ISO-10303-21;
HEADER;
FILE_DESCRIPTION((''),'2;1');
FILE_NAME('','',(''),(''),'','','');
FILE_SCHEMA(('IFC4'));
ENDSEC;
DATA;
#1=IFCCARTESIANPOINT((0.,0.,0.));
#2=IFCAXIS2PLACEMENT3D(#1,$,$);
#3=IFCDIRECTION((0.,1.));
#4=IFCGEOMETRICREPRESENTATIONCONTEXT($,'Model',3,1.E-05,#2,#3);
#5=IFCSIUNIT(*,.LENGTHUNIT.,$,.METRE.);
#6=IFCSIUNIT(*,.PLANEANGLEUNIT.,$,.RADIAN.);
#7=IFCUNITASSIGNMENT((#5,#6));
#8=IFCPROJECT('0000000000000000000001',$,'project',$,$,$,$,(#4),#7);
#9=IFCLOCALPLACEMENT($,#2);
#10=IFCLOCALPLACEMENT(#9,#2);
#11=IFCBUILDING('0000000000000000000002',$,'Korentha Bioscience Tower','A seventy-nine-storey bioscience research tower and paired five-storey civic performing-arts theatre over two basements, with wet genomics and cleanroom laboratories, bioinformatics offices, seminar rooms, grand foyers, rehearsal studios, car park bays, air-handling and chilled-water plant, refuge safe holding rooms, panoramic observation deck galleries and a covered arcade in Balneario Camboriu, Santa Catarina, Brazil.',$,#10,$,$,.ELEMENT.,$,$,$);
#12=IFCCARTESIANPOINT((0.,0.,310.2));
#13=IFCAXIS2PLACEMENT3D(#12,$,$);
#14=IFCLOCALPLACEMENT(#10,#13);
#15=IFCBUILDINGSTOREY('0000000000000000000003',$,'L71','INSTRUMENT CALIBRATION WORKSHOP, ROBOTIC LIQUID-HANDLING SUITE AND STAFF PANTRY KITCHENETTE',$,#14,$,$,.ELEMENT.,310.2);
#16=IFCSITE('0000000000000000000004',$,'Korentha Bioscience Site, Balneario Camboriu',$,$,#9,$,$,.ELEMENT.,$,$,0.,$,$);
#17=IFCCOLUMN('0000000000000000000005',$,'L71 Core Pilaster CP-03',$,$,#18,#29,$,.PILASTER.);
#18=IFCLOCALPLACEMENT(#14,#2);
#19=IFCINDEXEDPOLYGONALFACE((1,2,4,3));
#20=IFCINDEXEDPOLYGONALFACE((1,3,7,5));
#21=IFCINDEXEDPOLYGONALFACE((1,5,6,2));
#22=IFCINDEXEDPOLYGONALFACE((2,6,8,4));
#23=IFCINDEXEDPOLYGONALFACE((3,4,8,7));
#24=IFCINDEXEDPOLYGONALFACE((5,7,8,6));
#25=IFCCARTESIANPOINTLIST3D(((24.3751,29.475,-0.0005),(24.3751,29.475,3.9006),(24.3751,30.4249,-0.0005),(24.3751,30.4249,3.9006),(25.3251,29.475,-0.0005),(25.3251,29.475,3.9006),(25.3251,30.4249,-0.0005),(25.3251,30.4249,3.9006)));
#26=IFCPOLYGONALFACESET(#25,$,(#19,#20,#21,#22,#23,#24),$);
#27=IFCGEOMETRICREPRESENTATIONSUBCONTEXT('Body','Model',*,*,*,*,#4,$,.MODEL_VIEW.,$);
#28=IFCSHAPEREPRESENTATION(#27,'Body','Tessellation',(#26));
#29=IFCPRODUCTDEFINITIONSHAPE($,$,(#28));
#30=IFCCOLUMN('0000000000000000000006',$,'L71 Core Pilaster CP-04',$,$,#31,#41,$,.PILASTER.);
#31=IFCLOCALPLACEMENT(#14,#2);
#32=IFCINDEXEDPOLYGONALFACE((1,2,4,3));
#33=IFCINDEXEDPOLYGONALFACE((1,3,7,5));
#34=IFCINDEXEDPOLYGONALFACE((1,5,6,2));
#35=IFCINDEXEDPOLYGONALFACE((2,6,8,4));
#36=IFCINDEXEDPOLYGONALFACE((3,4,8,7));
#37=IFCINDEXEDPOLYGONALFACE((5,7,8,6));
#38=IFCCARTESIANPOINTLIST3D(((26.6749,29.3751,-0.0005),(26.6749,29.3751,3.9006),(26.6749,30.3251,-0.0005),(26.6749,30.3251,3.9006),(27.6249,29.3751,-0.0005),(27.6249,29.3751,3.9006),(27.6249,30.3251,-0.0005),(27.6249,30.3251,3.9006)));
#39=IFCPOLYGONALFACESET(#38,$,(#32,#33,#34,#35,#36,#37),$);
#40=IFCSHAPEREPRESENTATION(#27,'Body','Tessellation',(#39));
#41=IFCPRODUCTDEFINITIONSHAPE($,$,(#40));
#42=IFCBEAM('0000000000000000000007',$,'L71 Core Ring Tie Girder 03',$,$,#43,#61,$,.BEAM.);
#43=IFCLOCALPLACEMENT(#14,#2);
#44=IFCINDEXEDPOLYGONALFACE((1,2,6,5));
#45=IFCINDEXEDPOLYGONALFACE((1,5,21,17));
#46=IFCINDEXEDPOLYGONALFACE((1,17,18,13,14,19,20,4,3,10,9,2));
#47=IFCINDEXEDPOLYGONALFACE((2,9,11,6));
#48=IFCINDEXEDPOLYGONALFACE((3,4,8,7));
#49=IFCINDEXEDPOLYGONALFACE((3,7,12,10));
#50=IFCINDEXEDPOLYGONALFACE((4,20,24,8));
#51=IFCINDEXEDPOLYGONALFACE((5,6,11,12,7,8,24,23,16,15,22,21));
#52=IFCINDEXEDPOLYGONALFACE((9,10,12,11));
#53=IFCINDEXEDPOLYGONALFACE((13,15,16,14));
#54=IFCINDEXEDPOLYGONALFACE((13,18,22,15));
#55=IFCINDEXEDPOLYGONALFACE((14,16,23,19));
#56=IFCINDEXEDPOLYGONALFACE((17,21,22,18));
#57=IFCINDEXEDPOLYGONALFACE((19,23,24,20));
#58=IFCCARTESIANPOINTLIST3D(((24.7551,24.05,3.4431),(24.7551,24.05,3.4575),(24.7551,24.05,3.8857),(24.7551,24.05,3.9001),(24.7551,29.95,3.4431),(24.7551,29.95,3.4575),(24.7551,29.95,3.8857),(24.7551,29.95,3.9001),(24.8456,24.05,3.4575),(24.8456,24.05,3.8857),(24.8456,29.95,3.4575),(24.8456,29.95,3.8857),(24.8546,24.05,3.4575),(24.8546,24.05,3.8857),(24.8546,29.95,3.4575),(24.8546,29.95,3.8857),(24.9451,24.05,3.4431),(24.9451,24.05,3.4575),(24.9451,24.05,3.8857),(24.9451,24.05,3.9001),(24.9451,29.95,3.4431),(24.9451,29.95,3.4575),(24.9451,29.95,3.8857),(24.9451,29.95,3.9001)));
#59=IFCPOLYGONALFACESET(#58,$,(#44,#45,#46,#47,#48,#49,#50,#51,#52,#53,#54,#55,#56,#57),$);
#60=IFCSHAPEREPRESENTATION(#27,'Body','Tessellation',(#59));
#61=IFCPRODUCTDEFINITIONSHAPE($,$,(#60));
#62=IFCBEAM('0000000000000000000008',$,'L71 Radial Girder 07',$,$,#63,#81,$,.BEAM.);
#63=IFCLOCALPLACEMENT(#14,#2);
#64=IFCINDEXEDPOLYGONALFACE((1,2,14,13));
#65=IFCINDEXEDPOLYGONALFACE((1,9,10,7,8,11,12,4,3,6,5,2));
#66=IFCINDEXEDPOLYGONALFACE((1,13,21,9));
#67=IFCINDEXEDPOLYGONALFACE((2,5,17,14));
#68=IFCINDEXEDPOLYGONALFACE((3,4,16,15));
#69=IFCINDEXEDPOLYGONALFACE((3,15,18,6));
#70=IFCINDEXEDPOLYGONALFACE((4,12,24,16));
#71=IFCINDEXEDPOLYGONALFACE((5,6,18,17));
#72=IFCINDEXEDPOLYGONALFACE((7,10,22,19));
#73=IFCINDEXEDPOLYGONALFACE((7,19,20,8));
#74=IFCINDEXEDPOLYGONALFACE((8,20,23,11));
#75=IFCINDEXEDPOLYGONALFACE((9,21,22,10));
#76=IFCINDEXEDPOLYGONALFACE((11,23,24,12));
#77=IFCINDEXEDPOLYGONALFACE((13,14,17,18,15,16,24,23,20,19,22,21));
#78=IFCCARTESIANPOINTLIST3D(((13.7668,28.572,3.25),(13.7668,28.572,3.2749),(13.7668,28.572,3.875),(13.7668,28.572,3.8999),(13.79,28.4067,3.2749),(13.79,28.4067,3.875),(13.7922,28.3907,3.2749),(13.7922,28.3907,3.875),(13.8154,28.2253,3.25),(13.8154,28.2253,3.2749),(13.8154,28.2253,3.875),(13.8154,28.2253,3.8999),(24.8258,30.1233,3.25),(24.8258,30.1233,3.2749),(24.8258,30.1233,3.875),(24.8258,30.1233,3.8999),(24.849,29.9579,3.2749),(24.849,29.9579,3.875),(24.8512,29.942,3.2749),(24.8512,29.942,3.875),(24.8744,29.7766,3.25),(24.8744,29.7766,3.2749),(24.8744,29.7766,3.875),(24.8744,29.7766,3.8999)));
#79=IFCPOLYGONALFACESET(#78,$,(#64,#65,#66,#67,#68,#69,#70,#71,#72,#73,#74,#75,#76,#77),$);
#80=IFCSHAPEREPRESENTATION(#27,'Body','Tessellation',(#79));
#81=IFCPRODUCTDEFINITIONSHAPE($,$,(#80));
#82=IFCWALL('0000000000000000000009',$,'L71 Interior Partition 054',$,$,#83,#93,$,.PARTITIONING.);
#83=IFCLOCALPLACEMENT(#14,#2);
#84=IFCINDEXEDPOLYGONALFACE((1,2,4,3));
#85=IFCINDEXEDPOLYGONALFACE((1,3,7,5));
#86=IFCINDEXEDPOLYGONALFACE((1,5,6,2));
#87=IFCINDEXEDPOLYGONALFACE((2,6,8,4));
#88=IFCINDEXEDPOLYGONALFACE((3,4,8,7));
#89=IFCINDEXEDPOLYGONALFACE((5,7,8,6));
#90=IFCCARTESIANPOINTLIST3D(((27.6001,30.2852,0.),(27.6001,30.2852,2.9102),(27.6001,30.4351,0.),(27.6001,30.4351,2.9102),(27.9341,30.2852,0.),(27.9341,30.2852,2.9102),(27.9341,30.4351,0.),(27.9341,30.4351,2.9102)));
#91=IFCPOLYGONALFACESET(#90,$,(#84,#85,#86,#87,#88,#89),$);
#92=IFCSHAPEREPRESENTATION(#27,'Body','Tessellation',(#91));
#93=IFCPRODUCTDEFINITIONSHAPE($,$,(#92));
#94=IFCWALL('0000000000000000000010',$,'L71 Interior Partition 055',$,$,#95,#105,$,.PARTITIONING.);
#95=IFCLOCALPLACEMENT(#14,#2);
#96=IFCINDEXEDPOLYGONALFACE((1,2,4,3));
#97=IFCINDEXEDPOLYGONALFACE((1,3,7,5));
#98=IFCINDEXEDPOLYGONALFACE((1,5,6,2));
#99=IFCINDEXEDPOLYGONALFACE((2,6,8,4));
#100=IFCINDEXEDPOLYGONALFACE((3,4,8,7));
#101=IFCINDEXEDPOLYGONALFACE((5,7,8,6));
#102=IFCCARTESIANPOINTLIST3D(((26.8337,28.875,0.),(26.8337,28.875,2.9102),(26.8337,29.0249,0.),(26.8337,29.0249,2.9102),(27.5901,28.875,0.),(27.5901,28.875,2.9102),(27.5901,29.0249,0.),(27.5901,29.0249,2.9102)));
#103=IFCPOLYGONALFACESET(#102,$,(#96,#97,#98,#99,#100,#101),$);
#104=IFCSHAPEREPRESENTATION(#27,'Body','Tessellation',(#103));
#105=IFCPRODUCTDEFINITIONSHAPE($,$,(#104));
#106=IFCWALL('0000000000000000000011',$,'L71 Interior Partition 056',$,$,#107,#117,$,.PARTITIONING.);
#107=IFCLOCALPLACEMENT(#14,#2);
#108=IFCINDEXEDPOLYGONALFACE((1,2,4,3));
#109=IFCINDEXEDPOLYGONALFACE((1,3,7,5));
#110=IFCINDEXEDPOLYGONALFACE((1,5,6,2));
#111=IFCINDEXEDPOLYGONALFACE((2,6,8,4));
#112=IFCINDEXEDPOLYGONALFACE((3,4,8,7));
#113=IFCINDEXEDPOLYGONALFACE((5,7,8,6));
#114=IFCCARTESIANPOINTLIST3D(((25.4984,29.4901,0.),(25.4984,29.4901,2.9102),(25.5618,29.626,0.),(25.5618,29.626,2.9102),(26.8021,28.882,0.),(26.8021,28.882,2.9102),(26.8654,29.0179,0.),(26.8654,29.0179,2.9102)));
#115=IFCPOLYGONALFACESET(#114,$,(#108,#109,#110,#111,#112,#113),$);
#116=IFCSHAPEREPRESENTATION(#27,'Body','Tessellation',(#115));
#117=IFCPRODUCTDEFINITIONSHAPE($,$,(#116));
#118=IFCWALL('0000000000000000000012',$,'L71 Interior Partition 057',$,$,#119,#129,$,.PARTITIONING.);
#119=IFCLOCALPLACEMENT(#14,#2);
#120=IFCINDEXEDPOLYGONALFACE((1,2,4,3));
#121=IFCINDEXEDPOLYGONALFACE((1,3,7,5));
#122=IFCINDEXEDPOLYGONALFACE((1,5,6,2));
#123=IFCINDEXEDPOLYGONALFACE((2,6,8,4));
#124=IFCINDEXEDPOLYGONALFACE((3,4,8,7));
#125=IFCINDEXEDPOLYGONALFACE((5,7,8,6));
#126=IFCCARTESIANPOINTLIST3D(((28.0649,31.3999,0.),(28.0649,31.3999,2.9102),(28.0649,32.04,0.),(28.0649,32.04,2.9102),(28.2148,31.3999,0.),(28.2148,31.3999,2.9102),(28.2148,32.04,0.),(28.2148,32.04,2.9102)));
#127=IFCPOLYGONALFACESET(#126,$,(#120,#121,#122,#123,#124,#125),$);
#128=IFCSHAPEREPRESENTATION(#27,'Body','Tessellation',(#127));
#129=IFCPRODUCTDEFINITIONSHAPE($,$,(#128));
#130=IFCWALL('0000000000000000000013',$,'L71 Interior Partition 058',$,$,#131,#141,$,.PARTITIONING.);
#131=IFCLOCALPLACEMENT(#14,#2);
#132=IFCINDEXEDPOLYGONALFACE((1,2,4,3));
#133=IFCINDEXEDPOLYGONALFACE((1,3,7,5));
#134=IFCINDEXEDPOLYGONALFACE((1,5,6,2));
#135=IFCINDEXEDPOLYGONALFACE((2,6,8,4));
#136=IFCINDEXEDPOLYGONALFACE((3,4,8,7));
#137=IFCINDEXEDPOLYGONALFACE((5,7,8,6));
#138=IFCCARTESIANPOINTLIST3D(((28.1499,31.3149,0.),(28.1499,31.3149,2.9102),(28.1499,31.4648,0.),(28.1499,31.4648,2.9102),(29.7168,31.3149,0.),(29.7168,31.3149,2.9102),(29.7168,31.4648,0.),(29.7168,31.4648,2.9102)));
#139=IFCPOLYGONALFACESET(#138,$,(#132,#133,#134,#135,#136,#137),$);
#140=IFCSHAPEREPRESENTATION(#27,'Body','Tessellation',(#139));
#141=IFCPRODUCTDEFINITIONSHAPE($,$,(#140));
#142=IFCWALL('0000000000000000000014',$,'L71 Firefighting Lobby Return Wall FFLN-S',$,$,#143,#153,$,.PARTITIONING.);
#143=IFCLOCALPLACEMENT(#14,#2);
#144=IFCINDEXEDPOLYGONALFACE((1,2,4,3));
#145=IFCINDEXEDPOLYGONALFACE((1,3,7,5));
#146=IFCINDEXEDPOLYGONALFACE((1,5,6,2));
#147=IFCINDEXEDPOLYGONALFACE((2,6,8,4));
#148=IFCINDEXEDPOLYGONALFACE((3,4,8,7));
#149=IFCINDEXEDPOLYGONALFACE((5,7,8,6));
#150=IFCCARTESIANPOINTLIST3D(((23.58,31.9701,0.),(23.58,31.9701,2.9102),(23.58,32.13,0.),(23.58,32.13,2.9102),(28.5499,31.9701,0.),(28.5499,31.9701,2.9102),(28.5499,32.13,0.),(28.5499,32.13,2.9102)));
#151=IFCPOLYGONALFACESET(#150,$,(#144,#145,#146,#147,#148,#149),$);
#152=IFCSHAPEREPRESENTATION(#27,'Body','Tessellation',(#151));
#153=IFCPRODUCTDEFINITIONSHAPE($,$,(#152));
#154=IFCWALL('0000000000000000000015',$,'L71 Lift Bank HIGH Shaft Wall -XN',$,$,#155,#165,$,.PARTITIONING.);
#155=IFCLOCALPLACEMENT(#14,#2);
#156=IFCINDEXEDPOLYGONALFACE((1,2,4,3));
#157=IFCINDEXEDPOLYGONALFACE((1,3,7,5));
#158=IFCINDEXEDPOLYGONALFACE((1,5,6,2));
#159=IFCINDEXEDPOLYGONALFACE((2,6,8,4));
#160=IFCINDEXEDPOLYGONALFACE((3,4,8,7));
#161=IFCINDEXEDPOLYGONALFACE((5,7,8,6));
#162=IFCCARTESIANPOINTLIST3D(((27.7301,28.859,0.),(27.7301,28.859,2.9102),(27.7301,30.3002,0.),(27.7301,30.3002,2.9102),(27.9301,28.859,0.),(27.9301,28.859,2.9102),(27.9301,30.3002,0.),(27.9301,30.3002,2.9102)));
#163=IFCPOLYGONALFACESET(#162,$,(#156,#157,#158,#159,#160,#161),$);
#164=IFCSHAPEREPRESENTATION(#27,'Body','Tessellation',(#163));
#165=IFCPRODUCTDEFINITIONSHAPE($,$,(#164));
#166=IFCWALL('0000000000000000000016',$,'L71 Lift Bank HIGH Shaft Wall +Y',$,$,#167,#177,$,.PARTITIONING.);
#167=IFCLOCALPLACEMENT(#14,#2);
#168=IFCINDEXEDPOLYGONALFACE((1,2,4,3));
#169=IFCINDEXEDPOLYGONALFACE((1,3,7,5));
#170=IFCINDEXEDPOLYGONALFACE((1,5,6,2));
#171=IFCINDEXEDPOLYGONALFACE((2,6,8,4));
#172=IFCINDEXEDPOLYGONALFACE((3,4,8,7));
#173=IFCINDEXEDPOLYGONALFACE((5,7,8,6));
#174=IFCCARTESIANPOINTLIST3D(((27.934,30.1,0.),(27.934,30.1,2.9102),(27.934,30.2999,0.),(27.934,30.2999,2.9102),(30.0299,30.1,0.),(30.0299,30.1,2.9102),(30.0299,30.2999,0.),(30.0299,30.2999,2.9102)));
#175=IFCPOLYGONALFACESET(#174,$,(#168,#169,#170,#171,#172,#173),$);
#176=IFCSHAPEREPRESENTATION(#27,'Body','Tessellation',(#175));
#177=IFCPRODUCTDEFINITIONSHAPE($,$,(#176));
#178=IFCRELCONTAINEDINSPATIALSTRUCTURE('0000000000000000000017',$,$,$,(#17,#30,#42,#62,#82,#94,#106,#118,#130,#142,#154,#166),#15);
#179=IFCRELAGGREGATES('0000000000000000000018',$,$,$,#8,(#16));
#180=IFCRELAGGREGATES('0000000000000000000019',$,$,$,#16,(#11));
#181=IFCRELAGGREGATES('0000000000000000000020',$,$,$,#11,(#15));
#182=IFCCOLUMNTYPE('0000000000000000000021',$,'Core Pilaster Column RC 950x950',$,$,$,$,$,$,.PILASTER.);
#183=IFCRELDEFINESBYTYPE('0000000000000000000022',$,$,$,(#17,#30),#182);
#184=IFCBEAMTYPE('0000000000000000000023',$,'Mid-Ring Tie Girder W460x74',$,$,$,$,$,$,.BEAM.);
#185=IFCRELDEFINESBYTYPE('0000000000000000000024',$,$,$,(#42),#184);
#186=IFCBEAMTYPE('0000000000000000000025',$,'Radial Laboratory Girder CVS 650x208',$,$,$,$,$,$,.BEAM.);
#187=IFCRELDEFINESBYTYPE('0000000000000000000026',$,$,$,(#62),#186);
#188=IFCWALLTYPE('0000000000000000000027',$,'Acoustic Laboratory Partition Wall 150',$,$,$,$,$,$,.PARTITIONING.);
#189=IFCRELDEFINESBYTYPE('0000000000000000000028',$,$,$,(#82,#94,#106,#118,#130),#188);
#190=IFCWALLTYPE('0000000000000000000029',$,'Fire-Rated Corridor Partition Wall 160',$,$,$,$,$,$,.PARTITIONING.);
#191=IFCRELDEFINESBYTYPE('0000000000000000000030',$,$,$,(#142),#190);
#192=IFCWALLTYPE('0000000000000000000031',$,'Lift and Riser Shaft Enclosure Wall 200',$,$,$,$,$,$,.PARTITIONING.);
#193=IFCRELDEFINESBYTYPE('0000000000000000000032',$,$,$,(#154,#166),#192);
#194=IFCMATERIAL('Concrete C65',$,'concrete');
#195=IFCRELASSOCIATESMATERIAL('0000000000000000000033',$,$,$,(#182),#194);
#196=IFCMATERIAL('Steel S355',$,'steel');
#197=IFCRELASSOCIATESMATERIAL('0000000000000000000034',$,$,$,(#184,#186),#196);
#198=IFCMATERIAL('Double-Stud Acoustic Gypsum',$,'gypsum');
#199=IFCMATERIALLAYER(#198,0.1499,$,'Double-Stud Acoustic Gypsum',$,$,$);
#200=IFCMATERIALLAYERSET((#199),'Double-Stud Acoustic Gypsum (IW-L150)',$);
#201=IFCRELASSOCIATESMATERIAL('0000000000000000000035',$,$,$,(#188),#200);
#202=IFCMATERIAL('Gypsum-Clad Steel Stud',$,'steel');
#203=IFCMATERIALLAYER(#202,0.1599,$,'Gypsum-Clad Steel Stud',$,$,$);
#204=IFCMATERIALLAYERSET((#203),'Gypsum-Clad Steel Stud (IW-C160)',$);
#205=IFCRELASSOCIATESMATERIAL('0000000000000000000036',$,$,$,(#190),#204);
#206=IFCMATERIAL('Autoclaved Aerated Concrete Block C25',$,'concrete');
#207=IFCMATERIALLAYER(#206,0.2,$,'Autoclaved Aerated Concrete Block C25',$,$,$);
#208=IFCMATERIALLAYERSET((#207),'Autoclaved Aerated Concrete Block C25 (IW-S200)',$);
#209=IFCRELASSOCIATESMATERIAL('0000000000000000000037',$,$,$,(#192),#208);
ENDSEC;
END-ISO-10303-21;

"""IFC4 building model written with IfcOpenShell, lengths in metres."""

from ifc_helpers import new_model, si_unit, direction, frame, frame_2d, origin, origin_2d, place, context, subcontext, project, spatial, rectangle, i_section, extrude, material, layer, layer_set, material_profile, profile_set, type_object, element, save


model = new_model("IFC4")

# Units and contexts
model_context = context("Model", 3, precision=1e-05, world=origin(), true_north=direction((0.0, 1.0)))
body_context = subcontext(model_context, "Body", "Model", "MODEL_VIEW")
ifc_project = project(units=[si_unit("LENGTHUNIT", "METRE"), si_unit("PLANEANGLEUNIT", "RADIAN")], contexts=[model_context])

# Site, building, storey
site_placement = place(None, origin())
site = spatial("IfcSite", under=ifc_project, at=site_placement, Name="Korentha Bioscience Site, Balneario Camboriu", CompositionType="ELEMENT", RefElevation=0.0)
building_placement = place(site_placement, origin())
building = spatial("IfcBuilding", under=site, at=building_placement, Name="Korentha Bioscience Tower", Description="A seventy-nine-storey bioscience research tower and paired five-storey civic performing-arts theatre over two basements, with wet genomics and cleanroom laboratories, bioinformatics offices, seminar rooms, grand foyers, rehearsal studios, car park bays, air-handling and chilled-water plant, refuge safe holding rooms, panoramic observation deck galleries and a covered arcade in Balneario Camboriu, Santa Catarina, Brazil.", CompositionType="ELEMENT")
storey_placement = place(building_placement, frame((0.0, 0.0, 310.2)))
storey = spatial("IfcBuildingStorey", under=building, at=storey_placement, Name="L71", Description="INSTRUMENT CALIBRATION WORKSHOP, ROBOTIC LIQUID-HANDLING SUITE AND STAFF PANTRY KITCHENETTE", CompositionType="ELEMENT", Elevation=310.2)

# Columns
ifc_material_1 = material(Name="Concrete C65", Category="concrete")
ifc_material_profile_1 = material_profile(ifc_material_1, rectangle(XDim=0.95, YDim=0.95, at=origin_2d()), Name="Concrete C65")
ifc_profile_set_1 = profile_set([ifc_material_profile_1], Name="Concrete C65 (COL-CP09)")
column_type = type_object("IfcColumnType", Name="Core Pilaster Column RC 950x950", PredefinedType="PILASTER", material=ifc_profile_set_1)
for number, where, z_axis, x_axis, name in (
    (1, (24.8501, 29.95, -0.0005), (0.0, 0.0, 1.0), (1.0, 0.0, 0.0), "L71 Core Pilaster CP-03"),
    (2, (27.1499, 29.8501, -0.0005), (0.0, 0.0, 1.0), (1.0, 0.0, 0.0), "L71 Core Pilaster CP-04"),
):
    element("IfcColumn", number, at=place(storey_placement, frame(where, z_axis=z_axis, x_axis=x_axis)), inside=storey, type_object=column_type, Name=name, PredefinedType="PILASTER", context=body_context, shape_type="SweptSolid", body=[
        extrude(rectangle(XDim=0.95, YDim=0.95, at=origin_2d()), origin(), (0.0, 0.0, 1.0), 3.9011),
    ])

# Beams
ifc_material_2 = material(Name="Steel S355", Category="steel")
ifc_material_profile_2 = material_profile(ifc_material_2, i_section(OverallWidth=0.1899, OverallDepth=0.457, WebThickness=0.009, FlangeThickness=0.0144, at=origin_2d()), Name="Steel S355")
ifc_profile_set_2 = profile_set([ifc_material_profile_2], Name="Steel S355 (MB-460)")
beam_type_1 = type_object("IfcBeamType", Name="Mid-Ring Tie Girder W460x74", PredefinedType="BEAM", material=ifc_profile_set_2)
beam_1_placement = place(storey_placement, frame((24.8501, 29.95, 3.6716), z_axis=(0.0, -1.0, 0.0), x_axis=(1.0, 0.0, 0.0)))
element("IfcBeam", 3, at=beam_1_placement, inside=storey, type_object=beam_type_1, Name="L71 Core Ring Tie Girder 03", PredefinedType="BEAM", context=body_context, shape_type="SweptSolid", body=[
    extrude(i_section(OverallWidth=0.1899, OverallDepth=0.457, WebThickness=0.009, FlangeThickness=0.0144, at=origin_2d()), origin(), (0.0, 0.0, 1.0), 5.8999),
])
ifc_material_profile_3 = material_profile(ifc_material_2, i_section(OverallWidth=0.3501, OverallDepth=0.6499, WebThickness=0.0161, FlangeThickness=0.0249, at=origin_2d()), Name="Steel S355")
ifc_profile_set_3 = profile_set([ifc_material_profile_3], Name="Steel S355 (RB-650)")
beam_type_2 = type_object("IfcBeamType", Name="Radial Laboratory Girder CVS 650x208", PredefinedType="BEAM", material=ifc_profile_set_3)
beam_2_placement = place(storey_placement, frame((24.8501, 29.95, 3.575), z_axis=(-0.990305, -0.138911, 0.0), x_axis=(0.138911, -0.990305, 0.0)))
element("IfcBeam", 4, at=beam_2_placement, inside=storey, type_object=beam_type_2, Name="L71 Radial Girder 07", PredefinedType="BEAM", context=body_context, shape_type="SweptSolid", body=[
    extrude(i_section(OverallWidth=0.3501, OverallDepth=0.6499, WebThickness=0.0161, FlangeThickness=0.0249, at=origin_2d()), origin(), (0.0, 0.0, 1.0), 11.1672),
])

# Shared definitions
ifc_material_3 = material(Name="Double-Stud Acoustic Gypsum", Category="gypsum")
ifc_layer_1 = layer(ifc_material_3, 0.1499, Name="Double-Stud Acoustic Gypsum")
ifc_layer_set_1 = layer_set([ifc_layer_1], Name="Double-Stud Acoustic Gypsum (IW-L150)")
wall_type_1 = type_object("IfcWallType", Name="Acoustic Laboratory Partition Wall 150", PredefinedType="PARTITIONING", material=ifc_layer_set_1)

# Walls
wall_1_placement = place(storey_placement, frame((27.9341, 30.3601, 0.0), z_axis=(0.0, 0.0, 1.0), x_axis=(-1.0, 0.0, 0.0)))
element("IfcWall", 5, at=wall_1_placement, inside=storey, type_object=wall_type_1, Name="L71 Interior Partition 054", PredefinedType="PARTITIONING", context=body_context, shape_type="SweptSolid", body=[
    extrude(rectangle(XDim=0.334, YDim=0.1499, at=frame_2d((0.167, 0.0))), origin(), (0.0, 0.0, 1.0), 2.9102),
])
wall_2_placement = place(storey_placement, frame((27.5901, 28.95, 0.0), z_axis=(0.0, 0.0, 1.0), x_axis=(-1.0, 0.0, 0.0)))
element("IfcWall", 6, at=wall_2_placement, inside=storey, type_object=wall_type_1, Name="L71 Interior Partition 055", PredefinedType="PARTITIONING", context=body_context, shape_type="SweptSolid", body=[
    extrude(rectangle(XDim=0.7563, YDim=0.1499, at=frame_2d((0.3782, 0.0))), origin(), (0.0, 0.0, 1.0), 2.9102),
])
wall_3_placement = place(storey_placement, frame((26.8337, 28.95, 0.0), z_axis=(0.0, 0.0, 1.0), x_axis=(-0.906248, 0.422746, 0.0)))
element("IfcWall", 7, at=wall_3_placement, inside=storey, type_object=wall_type_1, Name="L71 Interior Partition 056", PredefinedType="PARTITIONING", context=body_context, shape_type="SweptSolid", body=[
    extrude(rectangle(XDim=1.4385, YDim=0.1499, at=frame_2d((0.7192, 0.0))), origin(), (0.0, 0.0, 1.0), 2.9102),
])
wall_4_placement = place(storey_placement, frame((28.1399, 32.04, 0.0), z_axis=(0.0, 0.0, 1.0), x_axis=(0.0, -1.0, 0.0)))
element("IfcWall", 8, at=wall_4_placement, inside=storey, type_object=wall_type_1, Name="L71 Interior Partition 057", PredefinedType="PARTITIONING", context=body_context, shape_type="SweptSolid", body=[
    extrude(rectangle(XDim=0.6401, YDim=0.1499, at=frame_2d((0.3201, 0.0))), origin(), (0.0, 0.0, 1.0), 2.9102),
])
wall_5_placement = place(storey_placement, frame((28.1499, 31.3899, 0.0), z_axis=(0.0, 0.0, 1.0), x_axis=(1.0, 0.0, 0.0)))
element("IfcWall", 9, at=wall_5_placement, inside=storey, type_object=wall_type_1, Name="L71 Interior Partition 058", PredefinedType="PARTITIONING", context=body_context, shape_type="SweptSolid", body=[
    extrude(rectangle(XDim=1.5669, YDim=0.1499, at=frame_2d((0.7834, 0.0))), origin(), (0.0, 0.0, 1.0), 2.9102),
])

# Shared definitions
ifc_material_4 = material(Name="Gypsum-Clad Steel Stud", Category="steel")
ifc_layer_2 = layer(ifc_material_4, 0.1599, Name="Gypsum-Clad Steel Stud")
ifc_layer_set_2 = layer_set([ifc_layer_2], Name="Gypsum-Clad Steel Stud (IW-C160)")
wall_type_2 = type_object("IfcWallType", Name="Fire-Rated Corridor Partition Wall 160", PredefinedType="PARTITIONING", material=ifc_layer_set_2)

# Wall
wall_6_placement = place(storey_placement, frame((23.5801, 32.05, 0.0), z_axis=(0.0, 0.0, 1.0), x_axis=(1.0, 0.0, 0.0)))
element("IfcWall", 10, at=wall_6_placement, inside=storey, type_object=wall_type_2, Name="L71 Firefighting Lobby Return Wall FFLN-S", PredefinedType="PARTITIONING", context=body_context, shape_type="SweptSolid", body=[
    extrude(rectangle(XDim=4.97, YDim=0.1599, at=frame_2d((2.4849, 0.0))), origin(), (0.0, 0.0, 1.0), 2.9102),
])

# Walls
ifc_material_5 = material(Name="Autoclaved Aerated Concrete Block C25", Category="concrete")
ifc_layer_3 = layer(ifc_material_5, 0.2, Name="Autoclaved Aerated Concrete Block C25")
ifc_layer_set_3 = layer_set([ifc_layer_3], Name="Autoclaved Aerated Concrete Block C25 (IW-S200)")
wall_type_3 = type_object("IfcWallType", Name="Lift and Riser Shaft Enclosure Wall 200", PredefinedType="PARTITIONING", material=ifc_layer_set_3)
wall_7_placement = place(storey_placement, frame((27.8301, 28.8589, 0.0), z_axis=(0.0, 0.0, 1.0), x_axis=(0.0, 1.0, 0.0)))
element("IfcWall", 11, at=wall_7_placement, inside=storey, type_object=wall_type_3, Name="L71 Lift Bank HIGH Shaft Wall -XN", PredefinedType="PARTITIONING", context=body_context, shape_type="SweptSolid", body=[
    extrude(rectangle(XDim=1.4412, YDim=0.2, at=frame_2d((0.7207, 0.0))), origin(), (0.0, 0.0, 1.0), 2.9102),
])
wall_8_placement = place(storey_placement, frame((27.9341, 30.2, 0.0), z_axis=(0.0, 0.0, 1.0), x_axis=(1.0, 0.0, 0.0)))
element("IfcWall", 12, at=wall_8_placement, inside=storey, type_object=wall_type_3, Name="L71 Lift Bank HIGH Shaft Wall +Y", PredefinedType="PARTITIONING", context=body_context, shape_type="SweptSolid", body=[
    extrude(rectangle(XDim=2.0959, YDim=0.2, at=frame_2d((1.0479, 0.0))), origin(), (0.0, 0.0, 1.0), 2.9102),
])

save(model, "model.ifc")
